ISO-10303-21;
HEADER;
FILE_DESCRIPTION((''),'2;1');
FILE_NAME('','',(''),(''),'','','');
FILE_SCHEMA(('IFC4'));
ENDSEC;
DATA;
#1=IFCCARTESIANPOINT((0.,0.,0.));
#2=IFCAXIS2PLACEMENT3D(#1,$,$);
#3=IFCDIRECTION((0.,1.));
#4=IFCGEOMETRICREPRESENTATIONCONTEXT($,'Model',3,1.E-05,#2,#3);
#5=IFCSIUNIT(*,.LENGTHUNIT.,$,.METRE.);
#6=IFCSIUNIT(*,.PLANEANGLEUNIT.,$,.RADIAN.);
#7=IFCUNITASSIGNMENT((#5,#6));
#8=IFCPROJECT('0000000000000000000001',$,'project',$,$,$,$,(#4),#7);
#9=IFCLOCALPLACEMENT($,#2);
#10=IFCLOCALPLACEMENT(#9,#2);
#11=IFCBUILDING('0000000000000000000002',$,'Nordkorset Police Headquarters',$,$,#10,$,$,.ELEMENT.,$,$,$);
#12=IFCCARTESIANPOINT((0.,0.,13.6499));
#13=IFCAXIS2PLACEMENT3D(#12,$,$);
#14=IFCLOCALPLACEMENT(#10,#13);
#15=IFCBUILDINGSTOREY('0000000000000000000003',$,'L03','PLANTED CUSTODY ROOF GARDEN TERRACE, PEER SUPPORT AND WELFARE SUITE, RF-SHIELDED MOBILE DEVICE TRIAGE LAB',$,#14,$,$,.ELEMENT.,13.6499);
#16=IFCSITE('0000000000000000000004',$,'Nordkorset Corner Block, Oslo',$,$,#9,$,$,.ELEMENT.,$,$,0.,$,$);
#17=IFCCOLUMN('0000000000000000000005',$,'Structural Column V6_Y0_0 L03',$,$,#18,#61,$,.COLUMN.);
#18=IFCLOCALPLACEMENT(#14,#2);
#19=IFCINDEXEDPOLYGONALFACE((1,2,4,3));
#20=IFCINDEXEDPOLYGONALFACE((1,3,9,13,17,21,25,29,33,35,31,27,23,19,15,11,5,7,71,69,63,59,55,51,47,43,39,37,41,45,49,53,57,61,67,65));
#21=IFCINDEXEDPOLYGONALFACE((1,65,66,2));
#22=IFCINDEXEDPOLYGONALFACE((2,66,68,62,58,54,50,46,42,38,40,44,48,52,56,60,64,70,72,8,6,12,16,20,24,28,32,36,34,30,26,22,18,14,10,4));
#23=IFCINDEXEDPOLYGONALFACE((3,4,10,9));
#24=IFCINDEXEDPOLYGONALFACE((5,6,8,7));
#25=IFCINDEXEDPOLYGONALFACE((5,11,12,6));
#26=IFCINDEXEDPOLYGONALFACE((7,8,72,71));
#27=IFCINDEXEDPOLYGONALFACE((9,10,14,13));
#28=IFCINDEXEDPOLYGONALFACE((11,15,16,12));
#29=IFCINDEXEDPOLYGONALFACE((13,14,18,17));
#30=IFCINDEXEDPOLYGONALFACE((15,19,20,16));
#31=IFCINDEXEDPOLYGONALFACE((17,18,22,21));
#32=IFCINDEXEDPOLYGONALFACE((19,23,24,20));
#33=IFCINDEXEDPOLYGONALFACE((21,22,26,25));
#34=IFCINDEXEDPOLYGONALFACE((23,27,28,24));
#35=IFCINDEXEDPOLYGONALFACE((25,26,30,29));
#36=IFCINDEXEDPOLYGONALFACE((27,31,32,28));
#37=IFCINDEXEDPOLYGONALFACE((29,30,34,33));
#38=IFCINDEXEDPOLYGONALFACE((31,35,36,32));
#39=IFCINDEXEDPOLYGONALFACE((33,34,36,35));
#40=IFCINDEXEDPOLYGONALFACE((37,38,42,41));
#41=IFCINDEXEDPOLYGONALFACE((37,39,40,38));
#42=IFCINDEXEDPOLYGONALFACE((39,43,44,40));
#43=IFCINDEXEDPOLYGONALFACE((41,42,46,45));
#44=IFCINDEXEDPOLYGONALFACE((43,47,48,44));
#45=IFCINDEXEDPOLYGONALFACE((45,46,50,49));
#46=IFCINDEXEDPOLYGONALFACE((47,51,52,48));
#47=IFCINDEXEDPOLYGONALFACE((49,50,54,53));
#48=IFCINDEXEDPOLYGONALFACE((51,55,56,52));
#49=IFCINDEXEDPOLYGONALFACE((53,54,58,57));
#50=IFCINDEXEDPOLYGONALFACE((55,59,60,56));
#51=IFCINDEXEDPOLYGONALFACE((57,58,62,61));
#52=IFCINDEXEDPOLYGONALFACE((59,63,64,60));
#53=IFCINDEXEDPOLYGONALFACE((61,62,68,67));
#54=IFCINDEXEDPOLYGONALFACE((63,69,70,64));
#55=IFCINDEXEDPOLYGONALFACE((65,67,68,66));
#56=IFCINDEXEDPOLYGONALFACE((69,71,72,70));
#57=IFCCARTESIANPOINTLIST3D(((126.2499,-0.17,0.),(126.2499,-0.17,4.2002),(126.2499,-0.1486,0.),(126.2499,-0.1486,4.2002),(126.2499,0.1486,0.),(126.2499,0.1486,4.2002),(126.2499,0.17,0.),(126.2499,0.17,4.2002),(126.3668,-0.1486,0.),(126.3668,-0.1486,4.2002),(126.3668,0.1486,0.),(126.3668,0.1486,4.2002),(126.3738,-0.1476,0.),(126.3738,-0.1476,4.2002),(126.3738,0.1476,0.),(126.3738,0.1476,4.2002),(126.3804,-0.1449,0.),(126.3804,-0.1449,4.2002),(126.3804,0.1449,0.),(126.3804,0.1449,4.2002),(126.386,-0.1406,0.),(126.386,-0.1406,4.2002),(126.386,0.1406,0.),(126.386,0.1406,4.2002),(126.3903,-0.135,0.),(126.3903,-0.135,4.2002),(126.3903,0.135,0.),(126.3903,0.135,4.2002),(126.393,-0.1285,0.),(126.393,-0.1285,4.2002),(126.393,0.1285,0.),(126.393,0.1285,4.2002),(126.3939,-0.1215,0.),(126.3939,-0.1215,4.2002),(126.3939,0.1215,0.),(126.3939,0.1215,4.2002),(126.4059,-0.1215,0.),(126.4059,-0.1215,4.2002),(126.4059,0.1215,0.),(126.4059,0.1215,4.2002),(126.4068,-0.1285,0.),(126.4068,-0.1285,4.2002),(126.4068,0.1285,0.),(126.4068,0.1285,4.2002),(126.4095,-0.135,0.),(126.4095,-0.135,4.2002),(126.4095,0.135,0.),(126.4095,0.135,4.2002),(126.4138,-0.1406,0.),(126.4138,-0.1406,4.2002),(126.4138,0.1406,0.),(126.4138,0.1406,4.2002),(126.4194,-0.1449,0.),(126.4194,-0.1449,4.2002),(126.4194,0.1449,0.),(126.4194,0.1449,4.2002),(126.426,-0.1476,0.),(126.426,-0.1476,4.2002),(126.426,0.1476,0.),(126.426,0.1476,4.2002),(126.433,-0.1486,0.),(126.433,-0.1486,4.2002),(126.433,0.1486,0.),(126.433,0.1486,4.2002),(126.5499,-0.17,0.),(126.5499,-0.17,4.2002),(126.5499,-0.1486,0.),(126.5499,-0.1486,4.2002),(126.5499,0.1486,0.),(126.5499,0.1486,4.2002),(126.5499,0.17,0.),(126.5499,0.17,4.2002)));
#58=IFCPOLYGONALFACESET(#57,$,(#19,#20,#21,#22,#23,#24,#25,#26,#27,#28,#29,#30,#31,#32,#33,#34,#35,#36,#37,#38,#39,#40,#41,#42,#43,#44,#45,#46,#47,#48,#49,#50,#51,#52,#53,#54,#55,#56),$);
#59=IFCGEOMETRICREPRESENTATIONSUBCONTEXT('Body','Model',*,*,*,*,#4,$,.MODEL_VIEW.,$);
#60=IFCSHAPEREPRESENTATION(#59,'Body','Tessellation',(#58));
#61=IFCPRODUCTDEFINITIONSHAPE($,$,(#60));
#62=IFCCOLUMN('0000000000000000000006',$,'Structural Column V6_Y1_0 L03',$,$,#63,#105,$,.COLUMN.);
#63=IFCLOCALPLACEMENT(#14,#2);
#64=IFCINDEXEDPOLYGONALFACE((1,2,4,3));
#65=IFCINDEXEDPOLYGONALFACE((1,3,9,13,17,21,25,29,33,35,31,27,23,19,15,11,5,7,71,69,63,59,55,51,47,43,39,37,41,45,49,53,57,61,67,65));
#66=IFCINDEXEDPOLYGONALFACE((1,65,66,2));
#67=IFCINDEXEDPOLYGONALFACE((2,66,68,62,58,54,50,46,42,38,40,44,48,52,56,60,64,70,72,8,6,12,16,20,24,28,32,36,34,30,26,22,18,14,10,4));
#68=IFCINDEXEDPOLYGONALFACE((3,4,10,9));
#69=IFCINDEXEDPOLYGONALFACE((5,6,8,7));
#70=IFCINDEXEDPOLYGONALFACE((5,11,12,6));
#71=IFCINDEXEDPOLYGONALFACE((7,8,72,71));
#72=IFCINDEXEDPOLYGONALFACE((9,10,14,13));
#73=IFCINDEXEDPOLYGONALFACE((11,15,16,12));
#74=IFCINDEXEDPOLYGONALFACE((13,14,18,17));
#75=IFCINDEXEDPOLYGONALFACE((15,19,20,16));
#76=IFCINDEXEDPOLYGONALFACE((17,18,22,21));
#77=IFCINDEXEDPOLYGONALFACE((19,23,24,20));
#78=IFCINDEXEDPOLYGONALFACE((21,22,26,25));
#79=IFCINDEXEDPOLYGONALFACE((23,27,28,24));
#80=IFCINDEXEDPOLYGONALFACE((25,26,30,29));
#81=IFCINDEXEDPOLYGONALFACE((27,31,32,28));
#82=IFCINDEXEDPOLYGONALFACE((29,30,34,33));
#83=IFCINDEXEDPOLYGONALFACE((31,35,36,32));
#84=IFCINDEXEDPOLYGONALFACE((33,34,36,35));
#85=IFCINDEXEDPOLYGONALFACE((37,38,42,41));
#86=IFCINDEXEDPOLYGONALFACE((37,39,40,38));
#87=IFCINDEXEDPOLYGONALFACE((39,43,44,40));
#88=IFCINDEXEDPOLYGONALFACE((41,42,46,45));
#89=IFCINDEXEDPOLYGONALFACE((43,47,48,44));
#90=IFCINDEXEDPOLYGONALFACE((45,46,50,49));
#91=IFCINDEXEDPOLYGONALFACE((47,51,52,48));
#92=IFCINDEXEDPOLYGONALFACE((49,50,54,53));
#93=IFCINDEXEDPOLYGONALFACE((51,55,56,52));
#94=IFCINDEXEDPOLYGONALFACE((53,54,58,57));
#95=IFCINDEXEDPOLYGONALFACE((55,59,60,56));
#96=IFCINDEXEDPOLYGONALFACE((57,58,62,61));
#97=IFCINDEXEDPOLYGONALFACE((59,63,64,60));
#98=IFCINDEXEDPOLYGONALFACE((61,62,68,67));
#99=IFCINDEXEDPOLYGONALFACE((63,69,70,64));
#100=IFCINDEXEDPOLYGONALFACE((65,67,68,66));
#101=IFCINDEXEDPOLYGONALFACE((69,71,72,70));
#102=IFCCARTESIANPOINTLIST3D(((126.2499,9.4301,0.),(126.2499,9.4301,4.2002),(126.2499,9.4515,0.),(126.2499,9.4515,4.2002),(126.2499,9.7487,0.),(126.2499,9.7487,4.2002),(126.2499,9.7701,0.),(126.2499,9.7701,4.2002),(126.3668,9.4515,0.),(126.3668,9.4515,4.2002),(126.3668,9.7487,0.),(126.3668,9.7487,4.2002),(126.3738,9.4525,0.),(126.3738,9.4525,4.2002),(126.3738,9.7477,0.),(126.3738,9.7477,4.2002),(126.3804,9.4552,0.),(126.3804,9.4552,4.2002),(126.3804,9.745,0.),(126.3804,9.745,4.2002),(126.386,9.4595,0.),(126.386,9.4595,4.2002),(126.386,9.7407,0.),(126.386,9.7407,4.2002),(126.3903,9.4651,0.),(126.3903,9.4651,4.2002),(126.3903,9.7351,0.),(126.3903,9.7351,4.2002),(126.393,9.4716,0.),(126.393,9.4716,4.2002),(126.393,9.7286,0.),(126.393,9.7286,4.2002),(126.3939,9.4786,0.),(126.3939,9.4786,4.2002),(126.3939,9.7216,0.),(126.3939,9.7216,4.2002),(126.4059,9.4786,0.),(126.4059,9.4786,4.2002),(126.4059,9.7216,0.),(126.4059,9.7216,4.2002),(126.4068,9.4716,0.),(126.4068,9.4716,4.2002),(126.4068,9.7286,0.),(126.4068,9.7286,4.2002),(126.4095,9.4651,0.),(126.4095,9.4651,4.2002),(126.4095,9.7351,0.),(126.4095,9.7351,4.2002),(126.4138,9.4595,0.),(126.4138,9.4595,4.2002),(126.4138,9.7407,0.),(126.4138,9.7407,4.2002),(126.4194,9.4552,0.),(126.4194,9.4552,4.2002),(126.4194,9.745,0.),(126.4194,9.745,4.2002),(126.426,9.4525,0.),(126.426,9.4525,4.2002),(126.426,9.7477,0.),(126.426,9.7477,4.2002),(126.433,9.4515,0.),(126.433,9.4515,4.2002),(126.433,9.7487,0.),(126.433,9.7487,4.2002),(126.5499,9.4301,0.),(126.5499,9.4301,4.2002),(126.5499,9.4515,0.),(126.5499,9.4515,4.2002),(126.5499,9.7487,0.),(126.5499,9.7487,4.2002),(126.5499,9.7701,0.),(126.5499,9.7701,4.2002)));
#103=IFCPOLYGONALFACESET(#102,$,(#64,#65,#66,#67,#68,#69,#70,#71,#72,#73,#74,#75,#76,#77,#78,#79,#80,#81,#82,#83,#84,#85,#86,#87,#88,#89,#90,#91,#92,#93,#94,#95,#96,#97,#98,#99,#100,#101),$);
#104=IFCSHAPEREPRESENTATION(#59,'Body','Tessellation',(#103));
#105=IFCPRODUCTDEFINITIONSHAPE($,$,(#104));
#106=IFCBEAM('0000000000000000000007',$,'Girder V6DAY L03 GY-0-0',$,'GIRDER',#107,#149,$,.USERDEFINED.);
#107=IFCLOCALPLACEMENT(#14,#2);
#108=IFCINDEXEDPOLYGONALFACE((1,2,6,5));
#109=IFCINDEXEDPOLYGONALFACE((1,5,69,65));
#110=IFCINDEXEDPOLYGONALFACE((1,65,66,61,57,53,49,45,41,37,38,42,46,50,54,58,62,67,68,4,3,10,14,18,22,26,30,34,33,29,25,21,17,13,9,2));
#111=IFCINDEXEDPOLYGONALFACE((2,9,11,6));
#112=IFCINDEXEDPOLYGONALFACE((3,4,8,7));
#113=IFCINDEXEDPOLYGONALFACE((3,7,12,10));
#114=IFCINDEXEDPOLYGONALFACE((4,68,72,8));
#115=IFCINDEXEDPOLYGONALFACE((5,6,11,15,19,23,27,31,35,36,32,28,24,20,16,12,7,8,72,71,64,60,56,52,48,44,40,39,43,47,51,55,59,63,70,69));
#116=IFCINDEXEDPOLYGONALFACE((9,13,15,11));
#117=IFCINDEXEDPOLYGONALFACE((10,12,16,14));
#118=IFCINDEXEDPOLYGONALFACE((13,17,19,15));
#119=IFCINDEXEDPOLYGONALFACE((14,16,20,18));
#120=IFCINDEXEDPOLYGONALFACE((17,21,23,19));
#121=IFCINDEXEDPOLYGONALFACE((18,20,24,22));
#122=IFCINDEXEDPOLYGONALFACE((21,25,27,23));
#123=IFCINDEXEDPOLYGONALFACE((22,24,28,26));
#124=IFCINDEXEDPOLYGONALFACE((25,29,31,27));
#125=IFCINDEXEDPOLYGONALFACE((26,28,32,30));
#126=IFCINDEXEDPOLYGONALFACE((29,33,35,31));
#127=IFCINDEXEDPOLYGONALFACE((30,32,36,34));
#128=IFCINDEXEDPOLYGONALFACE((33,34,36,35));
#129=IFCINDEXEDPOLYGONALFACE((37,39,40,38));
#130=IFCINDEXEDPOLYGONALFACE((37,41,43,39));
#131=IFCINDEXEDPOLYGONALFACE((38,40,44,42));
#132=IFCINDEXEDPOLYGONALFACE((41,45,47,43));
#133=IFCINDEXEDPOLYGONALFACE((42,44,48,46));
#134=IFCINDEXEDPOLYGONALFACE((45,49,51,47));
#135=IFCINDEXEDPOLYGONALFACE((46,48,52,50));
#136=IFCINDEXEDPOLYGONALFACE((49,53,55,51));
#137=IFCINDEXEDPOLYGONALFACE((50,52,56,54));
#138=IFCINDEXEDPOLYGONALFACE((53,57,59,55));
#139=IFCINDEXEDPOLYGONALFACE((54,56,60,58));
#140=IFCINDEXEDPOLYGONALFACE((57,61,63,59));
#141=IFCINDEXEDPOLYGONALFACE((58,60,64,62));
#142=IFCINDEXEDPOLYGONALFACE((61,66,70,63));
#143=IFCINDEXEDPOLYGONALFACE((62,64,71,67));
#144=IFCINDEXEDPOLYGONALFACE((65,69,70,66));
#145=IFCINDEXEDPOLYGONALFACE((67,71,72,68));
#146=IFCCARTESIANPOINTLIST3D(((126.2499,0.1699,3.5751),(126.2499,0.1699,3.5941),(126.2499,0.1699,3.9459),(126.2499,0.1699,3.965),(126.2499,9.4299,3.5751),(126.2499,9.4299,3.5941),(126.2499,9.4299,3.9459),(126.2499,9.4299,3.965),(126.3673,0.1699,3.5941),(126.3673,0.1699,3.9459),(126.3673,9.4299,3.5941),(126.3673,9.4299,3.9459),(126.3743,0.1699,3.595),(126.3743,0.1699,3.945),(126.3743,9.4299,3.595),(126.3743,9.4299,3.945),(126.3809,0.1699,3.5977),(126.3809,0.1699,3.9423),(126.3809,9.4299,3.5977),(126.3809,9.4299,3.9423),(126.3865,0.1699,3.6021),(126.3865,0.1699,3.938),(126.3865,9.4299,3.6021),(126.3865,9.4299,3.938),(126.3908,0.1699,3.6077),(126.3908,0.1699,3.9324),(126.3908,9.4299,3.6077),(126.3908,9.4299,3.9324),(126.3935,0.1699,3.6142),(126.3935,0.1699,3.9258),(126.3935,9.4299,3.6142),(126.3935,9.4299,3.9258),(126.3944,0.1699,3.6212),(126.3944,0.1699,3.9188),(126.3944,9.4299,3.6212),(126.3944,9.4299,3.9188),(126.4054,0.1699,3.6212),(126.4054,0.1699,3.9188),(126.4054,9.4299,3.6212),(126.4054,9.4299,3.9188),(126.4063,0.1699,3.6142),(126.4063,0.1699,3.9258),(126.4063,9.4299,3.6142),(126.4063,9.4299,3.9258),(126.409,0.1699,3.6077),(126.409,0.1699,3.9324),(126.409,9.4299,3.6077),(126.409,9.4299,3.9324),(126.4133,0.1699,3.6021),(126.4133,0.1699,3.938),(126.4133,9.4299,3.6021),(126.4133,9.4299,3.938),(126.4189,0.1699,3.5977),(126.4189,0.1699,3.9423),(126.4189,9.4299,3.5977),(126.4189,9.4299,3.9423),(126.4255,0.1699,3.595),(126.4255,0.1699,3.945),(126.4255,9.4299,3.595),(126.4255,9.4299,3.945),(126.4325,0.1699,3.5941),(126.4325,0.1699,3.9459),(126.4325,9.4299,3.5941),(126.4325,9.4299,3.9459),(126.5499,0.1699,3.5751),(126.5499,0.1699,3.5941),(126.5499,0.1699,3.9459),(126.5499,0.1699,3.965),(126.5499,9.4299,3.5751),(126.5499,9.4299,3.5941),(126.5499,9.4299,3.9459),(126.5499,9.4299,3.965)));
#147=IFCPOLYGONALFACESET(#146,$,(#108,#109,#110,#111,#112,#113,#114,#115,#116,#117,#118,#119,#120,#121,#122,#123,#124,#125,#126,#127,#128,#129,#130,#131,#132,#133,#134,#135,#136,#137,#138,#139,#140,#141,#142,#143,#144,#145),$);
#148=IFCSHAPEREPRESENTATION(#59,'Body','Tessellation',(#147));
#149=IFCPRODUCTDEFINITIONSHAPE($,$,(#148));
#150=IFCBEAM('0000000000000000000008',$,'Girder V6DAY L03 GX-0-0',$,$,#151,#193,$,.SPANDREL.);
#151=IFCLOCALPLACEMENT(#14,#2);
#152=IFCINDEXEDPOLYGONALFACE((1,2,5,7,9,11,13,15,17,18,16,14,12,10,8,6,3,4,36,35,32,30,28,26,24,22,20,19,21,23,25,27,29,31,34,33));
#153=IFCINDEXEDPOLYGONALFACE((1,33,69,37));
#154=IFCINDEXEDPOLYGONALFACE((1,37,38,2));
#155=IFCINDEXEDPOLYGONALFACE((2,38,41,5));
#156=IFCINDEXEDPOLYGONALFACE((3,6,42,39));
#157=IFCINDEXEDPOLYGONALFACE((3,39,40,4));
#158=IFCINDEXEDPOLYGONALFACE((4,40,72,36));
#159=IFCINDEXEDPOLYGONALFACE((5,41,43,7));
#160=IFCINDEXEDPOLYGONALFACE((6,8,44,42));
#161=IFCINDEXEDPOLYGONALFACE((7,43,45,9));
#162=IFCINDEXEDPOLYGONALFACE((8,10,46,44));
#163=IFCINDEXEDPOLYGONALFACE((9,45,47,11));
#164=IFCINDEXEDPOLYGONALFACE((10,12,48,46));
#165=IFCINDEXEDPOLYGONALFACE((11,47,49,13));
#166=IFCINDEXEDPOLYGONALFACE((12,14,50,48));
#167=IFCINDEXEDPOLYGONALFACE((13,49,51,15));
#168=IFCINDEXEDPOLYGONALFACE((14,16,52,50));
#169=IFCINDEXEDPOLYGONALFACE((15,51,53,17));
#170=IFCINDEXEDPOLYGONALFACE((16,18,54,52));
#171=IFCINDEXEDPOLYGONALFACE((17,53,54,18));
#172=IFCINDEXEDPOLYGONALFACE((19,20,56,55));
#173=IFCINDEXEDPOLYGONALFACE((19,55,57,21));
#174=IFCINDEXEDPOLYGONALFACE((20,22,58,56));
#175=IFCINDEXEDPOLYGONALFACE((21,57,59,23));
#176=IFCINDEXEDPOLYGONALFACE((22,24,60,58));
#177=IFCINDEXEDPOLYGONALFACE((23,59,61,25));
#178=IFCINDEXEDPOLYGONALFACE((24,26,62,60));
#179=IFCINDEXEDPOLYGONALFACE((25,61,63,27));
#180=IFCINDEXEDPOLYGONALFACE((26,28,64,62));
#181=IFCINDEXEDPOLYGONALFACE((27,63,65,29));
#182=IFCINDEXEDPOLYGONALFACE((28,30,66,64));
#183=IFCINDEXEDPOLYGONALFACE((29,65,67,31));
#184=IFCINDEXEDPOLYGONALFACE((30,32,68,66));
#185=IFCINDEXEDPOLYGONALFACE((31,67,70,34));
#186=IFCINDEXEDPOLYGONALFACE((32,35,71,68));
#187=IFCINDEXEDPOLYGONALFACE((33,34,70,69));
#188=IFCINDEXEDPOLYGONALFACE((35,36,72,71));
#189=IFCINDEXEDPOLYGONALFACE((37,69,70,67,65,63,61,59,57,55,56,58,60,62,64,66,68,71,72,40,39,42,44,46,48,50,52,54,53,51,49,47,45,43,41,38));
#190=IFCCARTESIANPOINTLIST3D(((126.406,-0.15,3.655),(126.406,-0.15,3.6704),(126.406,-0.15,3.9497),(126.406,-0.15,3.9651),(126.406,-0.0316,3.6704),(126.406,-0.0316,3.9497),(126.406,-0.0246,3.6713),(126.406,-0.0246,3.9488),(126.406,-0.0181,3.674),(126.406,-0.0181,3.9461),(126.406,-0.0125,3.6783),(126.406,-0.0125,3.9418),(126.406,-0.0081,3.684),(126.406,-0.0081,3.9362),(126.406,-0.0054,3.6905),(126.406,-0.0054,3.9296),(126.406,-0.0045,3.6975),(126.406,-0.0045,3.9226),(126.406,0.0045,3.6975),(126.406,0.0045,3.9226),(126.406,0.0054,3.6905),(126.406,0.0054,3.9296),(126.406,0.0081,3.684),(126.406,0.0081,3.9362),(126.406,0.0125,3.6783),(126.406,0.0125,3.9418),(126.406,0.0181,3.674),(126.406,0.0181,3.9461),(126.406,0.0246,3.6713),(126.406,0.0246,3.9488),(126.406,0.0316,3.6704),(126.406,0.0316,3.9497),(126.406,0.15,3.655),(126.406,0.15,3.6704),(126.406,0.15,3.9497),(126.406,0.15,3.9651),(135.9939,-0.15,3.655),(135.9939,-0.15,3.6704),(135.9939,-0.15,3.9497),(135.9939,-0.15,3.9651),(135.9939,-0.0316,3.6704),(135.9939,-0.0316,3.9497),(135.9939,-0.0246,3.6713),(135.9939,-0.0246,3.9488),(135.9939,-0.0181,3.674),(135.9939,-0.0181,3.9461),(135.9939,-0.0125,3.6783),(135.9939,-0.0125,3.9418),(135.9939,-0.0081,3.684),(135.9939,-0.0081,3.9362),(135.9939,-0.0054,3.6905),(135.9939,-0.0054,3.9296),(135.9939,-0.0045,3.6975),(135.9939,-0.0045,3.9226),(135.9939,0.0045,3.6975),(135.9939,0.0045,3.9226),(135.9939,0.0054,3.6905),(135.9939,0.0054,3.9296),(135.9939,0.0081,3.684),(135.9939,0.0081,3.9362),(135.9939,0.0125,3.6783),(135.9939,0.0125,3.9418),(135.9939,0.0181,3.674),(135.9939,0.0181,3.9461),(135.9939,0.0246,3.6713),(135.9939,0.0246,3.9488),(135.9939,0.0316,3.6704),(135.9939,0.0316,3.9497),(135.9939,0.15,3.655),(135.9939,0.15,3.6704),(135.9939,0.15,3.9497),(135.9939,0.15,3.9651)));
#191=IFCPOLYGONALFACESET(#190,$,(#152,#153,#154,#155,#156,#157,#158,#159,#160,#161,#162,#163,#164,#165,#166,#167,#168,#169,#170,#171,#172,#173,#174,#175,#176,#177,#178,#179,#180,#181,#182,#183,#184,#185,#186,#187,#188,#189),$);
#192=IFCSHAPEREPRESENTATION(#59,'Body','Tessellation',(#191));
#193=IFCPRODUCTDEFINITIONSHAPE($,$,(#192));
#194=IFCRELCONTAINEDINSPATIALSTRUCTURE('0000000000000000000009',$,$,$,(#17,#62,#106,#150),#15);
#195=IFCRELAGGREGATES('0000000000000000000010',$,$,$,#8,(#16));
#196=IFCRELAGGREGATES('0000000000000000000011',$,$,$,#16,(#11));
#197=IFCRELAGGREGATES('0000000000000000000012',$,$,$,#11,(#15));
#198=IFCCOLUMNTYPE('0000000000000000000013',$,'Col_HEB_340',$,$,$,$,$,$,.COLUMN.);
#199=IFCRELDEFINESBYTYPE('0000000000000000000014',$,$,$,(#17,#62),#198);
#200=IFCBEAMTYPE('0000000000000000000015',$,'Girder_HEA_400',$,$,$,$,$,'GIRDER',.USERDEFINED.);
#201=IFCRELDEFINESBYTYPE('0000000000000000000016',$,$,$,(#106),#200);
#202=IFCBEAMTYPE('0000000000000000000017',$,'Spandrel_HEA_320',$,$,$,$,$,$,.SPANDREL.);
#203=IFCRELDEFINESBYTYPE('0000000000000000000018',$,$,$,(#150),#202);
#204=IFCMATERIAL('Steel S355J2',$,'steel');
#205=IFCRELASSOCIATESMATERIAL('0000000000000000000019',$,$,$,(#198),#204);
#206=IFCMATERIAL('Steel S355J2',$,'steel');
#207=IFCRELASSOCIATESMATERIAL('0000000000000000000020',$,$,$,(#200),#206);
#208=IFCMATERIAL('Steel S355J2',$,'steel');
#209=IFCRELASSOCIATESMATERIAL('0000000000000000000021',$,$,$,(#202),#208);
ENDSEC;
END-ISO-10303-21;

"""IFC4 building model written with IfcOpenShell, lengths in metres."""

from ifc_helpers import new_model, si_unit, direction, frame, origin, origin_2d, place, context, subcontext, project, spatial, i_section, extrude, material, material_profile, profile_set, type_object, element, save


model = new_model("IFC4")

# Units and contexts
model_context = context("Model", 3, precision=1e-05, world=origin(), true_north=direction((0.0, 1.0)))
body_context = subcontext(model_context, "Body", "Model", "MODEL_VIEW")
ifc_project = project(units=[si_unit("LENGTHUNIT", "METRE"), si_unit("PLANEANGLEUNIT", "RADIAN")], contexts=[model_context])

# Site, building, storey
site_placement = place(None, origin())
site = spatial("IfcSite", under=ifc_project, at=site_placement, Name="Nordkorset Corner Block, Oslo", CompositionType="ELEMENT", RefElevation=0.0)
building_placement = place(site_placement, origin())
building = spatial("IfcBuilding", under=site, at=building_placement, Name="Nordkorset Police Headquarters", CompositionType="ELEMENT")
storey_placement = place(building_placement, frame((0.0, 0.0, 13.6499)))
storey = spatial("IfcBuildingStorey", under=building, at=storey_placement, Name="L03", Description="PLANTED CUSTODY ROOF GARDEN TERRACE, PEER SUPPORT AND WELFARE SUITE, RF-SHIELDED MOBILE DEVICE TRIAGE LAB", CompositionType="ELEMENT", Elevation=13.6499)

# Columns
ifc_material_1 = material(Name="Steel S355J2", Category="steel")
ifc_material_profile_1 = material_profile(ifc_material_1, i_section(OverallWidth=0.3, OverallDepth=0.3401, WebThickness=0.012, FlangeThickness=0.0215, FilletRadius=0.0271, at=origin_2d()), Name="HEB 340")
ifc_profile_set_1 = profile_set([ifc_material_profile_1], Name="Steel S355J2")
column_type = type_object("IfcColumnType", Name="Col_HEB_340", PredefinedType="COLUMN", material=ifc_profile_set_1)
for number, where, z_axis, x_axis, name in (
    (1, (126.3999, 0.0, 0.0), (0.0, 0.0, 1.0), (1.0, 0.0, 0.0), "Structural Column V6_Y0_0 L03"),
    (2, (126.3999, 9.6001, 0.0), (0.0, 0.0, 1.0), (1.0, 0.0, 0.0), "Structural Column V6_Y1_0 L03"),
):
    element("IfcColumn", number, at=place(storey_placement, frame(where, z_axis=z_axis, x_axis=x_axis)), inside=storey, type_object=column_type, Name=name, PredefinedType="COLUMN", context=body_context, shape_type="SweptSolid", body=[
        extrude(i_section(OverallWidth=0.3, OverallDepth=0.3401, WebThickness=0.012, FlangeThickness=0.0215, FilletRadius=0.0271, at=origin_2d()), origin(), (0.0, 0.0, 1.0), 4.2002),
    ])

# Beams
ifc_material_2 = material(Name="Steel S355J2", Category="steel")
ifc_material_profile_2 = material_profile(ifc_material_2, i_section(OverallWidth=0.3, OverallDepth=0.3899, WebThickness=0.011, FlangeThickness=0.019, FilletRadius=0.0271, at=origin_2d()), Name="HEA 400")
ifc_profile_set_2 = profile_set([ifc_material_profile_2], Name="Steel S355J2")
beam_type_1 = type_object("IfcBeamType", Name="Girder_HEA_400", ElementType="GIRDER", PredefinedType="USERDEFINED", material=ifc_profile_set_2)
beam_1_placement = place(storey_placement, frame((126.3999, 0.1699, 3.77), z_axis=(0.0, 1.0, 0.0), x_axis=(-1.0, 0.0, 0.0)))
element("IfcBeam", 3, at=beam_1_placement, inside=storey, type_object=beam_type_1, Name="Girder V6DAY L03 GY-0-0", ObjectType="GIRDER", PredefinedType="USERDEFINED", context=body_context, shape_type="SweptSolid", body=[
    extrude(i_section(OverallWidth=0.3, OverallDepth=0.3899, WebThickness=0.011, FlangeThickness=0.019, FilletRadius=0.0271, at=origin_2d()), origin(), (0.0, 0.0, 1.0), 9.26),
])
ifc_material_3 = material(Name="Steel S355J2", Category="steel")
ifc_material_profile_3 = material_profile(ifc_material_3, i_section(OverallWidth=0.3, OverallDepth=0.3101, WebThickness=0.009, FlangeThickness=0.0154, FilletRadius=0.0271, at=origin_2d()), Name="HEA 320")
ifc_profile_set_3 = profile_set([ifc_material_profile_3], Name="Steel S355J2")
beam_type_2 = type_object("IfcBeamType", Name="Spandrel_HEA_320", PredefinedType="SPANDREL", material=ifc_profile_set_3)
beam_2_placement = place(storey_placement, frame((126.406, 0.0, 3.8101), z_axis=(1.0, 0.0, 0.0), x_axis=(0.0, 1.0, 0.0)))
element("IfcBeam", 4, at=beam_2_placement, inside=storey, type_object=beam_type_2, Name="Girder V6DAY L03 GX-0-0", PredefinedType="SPANDREL", context=body_context, shape_type="SweptSolid", body=[
    extrude(i_section(OverallWidth=0.3, OverallDepth=0.3101, WebThickness=0.009, FlangeThickness=0.0154, FilletRadius=0.0271, at=origin_2d()), origin(), (0.0, 0.0, 1.0), 9.5879),
])

save(model, "model.ifc")
